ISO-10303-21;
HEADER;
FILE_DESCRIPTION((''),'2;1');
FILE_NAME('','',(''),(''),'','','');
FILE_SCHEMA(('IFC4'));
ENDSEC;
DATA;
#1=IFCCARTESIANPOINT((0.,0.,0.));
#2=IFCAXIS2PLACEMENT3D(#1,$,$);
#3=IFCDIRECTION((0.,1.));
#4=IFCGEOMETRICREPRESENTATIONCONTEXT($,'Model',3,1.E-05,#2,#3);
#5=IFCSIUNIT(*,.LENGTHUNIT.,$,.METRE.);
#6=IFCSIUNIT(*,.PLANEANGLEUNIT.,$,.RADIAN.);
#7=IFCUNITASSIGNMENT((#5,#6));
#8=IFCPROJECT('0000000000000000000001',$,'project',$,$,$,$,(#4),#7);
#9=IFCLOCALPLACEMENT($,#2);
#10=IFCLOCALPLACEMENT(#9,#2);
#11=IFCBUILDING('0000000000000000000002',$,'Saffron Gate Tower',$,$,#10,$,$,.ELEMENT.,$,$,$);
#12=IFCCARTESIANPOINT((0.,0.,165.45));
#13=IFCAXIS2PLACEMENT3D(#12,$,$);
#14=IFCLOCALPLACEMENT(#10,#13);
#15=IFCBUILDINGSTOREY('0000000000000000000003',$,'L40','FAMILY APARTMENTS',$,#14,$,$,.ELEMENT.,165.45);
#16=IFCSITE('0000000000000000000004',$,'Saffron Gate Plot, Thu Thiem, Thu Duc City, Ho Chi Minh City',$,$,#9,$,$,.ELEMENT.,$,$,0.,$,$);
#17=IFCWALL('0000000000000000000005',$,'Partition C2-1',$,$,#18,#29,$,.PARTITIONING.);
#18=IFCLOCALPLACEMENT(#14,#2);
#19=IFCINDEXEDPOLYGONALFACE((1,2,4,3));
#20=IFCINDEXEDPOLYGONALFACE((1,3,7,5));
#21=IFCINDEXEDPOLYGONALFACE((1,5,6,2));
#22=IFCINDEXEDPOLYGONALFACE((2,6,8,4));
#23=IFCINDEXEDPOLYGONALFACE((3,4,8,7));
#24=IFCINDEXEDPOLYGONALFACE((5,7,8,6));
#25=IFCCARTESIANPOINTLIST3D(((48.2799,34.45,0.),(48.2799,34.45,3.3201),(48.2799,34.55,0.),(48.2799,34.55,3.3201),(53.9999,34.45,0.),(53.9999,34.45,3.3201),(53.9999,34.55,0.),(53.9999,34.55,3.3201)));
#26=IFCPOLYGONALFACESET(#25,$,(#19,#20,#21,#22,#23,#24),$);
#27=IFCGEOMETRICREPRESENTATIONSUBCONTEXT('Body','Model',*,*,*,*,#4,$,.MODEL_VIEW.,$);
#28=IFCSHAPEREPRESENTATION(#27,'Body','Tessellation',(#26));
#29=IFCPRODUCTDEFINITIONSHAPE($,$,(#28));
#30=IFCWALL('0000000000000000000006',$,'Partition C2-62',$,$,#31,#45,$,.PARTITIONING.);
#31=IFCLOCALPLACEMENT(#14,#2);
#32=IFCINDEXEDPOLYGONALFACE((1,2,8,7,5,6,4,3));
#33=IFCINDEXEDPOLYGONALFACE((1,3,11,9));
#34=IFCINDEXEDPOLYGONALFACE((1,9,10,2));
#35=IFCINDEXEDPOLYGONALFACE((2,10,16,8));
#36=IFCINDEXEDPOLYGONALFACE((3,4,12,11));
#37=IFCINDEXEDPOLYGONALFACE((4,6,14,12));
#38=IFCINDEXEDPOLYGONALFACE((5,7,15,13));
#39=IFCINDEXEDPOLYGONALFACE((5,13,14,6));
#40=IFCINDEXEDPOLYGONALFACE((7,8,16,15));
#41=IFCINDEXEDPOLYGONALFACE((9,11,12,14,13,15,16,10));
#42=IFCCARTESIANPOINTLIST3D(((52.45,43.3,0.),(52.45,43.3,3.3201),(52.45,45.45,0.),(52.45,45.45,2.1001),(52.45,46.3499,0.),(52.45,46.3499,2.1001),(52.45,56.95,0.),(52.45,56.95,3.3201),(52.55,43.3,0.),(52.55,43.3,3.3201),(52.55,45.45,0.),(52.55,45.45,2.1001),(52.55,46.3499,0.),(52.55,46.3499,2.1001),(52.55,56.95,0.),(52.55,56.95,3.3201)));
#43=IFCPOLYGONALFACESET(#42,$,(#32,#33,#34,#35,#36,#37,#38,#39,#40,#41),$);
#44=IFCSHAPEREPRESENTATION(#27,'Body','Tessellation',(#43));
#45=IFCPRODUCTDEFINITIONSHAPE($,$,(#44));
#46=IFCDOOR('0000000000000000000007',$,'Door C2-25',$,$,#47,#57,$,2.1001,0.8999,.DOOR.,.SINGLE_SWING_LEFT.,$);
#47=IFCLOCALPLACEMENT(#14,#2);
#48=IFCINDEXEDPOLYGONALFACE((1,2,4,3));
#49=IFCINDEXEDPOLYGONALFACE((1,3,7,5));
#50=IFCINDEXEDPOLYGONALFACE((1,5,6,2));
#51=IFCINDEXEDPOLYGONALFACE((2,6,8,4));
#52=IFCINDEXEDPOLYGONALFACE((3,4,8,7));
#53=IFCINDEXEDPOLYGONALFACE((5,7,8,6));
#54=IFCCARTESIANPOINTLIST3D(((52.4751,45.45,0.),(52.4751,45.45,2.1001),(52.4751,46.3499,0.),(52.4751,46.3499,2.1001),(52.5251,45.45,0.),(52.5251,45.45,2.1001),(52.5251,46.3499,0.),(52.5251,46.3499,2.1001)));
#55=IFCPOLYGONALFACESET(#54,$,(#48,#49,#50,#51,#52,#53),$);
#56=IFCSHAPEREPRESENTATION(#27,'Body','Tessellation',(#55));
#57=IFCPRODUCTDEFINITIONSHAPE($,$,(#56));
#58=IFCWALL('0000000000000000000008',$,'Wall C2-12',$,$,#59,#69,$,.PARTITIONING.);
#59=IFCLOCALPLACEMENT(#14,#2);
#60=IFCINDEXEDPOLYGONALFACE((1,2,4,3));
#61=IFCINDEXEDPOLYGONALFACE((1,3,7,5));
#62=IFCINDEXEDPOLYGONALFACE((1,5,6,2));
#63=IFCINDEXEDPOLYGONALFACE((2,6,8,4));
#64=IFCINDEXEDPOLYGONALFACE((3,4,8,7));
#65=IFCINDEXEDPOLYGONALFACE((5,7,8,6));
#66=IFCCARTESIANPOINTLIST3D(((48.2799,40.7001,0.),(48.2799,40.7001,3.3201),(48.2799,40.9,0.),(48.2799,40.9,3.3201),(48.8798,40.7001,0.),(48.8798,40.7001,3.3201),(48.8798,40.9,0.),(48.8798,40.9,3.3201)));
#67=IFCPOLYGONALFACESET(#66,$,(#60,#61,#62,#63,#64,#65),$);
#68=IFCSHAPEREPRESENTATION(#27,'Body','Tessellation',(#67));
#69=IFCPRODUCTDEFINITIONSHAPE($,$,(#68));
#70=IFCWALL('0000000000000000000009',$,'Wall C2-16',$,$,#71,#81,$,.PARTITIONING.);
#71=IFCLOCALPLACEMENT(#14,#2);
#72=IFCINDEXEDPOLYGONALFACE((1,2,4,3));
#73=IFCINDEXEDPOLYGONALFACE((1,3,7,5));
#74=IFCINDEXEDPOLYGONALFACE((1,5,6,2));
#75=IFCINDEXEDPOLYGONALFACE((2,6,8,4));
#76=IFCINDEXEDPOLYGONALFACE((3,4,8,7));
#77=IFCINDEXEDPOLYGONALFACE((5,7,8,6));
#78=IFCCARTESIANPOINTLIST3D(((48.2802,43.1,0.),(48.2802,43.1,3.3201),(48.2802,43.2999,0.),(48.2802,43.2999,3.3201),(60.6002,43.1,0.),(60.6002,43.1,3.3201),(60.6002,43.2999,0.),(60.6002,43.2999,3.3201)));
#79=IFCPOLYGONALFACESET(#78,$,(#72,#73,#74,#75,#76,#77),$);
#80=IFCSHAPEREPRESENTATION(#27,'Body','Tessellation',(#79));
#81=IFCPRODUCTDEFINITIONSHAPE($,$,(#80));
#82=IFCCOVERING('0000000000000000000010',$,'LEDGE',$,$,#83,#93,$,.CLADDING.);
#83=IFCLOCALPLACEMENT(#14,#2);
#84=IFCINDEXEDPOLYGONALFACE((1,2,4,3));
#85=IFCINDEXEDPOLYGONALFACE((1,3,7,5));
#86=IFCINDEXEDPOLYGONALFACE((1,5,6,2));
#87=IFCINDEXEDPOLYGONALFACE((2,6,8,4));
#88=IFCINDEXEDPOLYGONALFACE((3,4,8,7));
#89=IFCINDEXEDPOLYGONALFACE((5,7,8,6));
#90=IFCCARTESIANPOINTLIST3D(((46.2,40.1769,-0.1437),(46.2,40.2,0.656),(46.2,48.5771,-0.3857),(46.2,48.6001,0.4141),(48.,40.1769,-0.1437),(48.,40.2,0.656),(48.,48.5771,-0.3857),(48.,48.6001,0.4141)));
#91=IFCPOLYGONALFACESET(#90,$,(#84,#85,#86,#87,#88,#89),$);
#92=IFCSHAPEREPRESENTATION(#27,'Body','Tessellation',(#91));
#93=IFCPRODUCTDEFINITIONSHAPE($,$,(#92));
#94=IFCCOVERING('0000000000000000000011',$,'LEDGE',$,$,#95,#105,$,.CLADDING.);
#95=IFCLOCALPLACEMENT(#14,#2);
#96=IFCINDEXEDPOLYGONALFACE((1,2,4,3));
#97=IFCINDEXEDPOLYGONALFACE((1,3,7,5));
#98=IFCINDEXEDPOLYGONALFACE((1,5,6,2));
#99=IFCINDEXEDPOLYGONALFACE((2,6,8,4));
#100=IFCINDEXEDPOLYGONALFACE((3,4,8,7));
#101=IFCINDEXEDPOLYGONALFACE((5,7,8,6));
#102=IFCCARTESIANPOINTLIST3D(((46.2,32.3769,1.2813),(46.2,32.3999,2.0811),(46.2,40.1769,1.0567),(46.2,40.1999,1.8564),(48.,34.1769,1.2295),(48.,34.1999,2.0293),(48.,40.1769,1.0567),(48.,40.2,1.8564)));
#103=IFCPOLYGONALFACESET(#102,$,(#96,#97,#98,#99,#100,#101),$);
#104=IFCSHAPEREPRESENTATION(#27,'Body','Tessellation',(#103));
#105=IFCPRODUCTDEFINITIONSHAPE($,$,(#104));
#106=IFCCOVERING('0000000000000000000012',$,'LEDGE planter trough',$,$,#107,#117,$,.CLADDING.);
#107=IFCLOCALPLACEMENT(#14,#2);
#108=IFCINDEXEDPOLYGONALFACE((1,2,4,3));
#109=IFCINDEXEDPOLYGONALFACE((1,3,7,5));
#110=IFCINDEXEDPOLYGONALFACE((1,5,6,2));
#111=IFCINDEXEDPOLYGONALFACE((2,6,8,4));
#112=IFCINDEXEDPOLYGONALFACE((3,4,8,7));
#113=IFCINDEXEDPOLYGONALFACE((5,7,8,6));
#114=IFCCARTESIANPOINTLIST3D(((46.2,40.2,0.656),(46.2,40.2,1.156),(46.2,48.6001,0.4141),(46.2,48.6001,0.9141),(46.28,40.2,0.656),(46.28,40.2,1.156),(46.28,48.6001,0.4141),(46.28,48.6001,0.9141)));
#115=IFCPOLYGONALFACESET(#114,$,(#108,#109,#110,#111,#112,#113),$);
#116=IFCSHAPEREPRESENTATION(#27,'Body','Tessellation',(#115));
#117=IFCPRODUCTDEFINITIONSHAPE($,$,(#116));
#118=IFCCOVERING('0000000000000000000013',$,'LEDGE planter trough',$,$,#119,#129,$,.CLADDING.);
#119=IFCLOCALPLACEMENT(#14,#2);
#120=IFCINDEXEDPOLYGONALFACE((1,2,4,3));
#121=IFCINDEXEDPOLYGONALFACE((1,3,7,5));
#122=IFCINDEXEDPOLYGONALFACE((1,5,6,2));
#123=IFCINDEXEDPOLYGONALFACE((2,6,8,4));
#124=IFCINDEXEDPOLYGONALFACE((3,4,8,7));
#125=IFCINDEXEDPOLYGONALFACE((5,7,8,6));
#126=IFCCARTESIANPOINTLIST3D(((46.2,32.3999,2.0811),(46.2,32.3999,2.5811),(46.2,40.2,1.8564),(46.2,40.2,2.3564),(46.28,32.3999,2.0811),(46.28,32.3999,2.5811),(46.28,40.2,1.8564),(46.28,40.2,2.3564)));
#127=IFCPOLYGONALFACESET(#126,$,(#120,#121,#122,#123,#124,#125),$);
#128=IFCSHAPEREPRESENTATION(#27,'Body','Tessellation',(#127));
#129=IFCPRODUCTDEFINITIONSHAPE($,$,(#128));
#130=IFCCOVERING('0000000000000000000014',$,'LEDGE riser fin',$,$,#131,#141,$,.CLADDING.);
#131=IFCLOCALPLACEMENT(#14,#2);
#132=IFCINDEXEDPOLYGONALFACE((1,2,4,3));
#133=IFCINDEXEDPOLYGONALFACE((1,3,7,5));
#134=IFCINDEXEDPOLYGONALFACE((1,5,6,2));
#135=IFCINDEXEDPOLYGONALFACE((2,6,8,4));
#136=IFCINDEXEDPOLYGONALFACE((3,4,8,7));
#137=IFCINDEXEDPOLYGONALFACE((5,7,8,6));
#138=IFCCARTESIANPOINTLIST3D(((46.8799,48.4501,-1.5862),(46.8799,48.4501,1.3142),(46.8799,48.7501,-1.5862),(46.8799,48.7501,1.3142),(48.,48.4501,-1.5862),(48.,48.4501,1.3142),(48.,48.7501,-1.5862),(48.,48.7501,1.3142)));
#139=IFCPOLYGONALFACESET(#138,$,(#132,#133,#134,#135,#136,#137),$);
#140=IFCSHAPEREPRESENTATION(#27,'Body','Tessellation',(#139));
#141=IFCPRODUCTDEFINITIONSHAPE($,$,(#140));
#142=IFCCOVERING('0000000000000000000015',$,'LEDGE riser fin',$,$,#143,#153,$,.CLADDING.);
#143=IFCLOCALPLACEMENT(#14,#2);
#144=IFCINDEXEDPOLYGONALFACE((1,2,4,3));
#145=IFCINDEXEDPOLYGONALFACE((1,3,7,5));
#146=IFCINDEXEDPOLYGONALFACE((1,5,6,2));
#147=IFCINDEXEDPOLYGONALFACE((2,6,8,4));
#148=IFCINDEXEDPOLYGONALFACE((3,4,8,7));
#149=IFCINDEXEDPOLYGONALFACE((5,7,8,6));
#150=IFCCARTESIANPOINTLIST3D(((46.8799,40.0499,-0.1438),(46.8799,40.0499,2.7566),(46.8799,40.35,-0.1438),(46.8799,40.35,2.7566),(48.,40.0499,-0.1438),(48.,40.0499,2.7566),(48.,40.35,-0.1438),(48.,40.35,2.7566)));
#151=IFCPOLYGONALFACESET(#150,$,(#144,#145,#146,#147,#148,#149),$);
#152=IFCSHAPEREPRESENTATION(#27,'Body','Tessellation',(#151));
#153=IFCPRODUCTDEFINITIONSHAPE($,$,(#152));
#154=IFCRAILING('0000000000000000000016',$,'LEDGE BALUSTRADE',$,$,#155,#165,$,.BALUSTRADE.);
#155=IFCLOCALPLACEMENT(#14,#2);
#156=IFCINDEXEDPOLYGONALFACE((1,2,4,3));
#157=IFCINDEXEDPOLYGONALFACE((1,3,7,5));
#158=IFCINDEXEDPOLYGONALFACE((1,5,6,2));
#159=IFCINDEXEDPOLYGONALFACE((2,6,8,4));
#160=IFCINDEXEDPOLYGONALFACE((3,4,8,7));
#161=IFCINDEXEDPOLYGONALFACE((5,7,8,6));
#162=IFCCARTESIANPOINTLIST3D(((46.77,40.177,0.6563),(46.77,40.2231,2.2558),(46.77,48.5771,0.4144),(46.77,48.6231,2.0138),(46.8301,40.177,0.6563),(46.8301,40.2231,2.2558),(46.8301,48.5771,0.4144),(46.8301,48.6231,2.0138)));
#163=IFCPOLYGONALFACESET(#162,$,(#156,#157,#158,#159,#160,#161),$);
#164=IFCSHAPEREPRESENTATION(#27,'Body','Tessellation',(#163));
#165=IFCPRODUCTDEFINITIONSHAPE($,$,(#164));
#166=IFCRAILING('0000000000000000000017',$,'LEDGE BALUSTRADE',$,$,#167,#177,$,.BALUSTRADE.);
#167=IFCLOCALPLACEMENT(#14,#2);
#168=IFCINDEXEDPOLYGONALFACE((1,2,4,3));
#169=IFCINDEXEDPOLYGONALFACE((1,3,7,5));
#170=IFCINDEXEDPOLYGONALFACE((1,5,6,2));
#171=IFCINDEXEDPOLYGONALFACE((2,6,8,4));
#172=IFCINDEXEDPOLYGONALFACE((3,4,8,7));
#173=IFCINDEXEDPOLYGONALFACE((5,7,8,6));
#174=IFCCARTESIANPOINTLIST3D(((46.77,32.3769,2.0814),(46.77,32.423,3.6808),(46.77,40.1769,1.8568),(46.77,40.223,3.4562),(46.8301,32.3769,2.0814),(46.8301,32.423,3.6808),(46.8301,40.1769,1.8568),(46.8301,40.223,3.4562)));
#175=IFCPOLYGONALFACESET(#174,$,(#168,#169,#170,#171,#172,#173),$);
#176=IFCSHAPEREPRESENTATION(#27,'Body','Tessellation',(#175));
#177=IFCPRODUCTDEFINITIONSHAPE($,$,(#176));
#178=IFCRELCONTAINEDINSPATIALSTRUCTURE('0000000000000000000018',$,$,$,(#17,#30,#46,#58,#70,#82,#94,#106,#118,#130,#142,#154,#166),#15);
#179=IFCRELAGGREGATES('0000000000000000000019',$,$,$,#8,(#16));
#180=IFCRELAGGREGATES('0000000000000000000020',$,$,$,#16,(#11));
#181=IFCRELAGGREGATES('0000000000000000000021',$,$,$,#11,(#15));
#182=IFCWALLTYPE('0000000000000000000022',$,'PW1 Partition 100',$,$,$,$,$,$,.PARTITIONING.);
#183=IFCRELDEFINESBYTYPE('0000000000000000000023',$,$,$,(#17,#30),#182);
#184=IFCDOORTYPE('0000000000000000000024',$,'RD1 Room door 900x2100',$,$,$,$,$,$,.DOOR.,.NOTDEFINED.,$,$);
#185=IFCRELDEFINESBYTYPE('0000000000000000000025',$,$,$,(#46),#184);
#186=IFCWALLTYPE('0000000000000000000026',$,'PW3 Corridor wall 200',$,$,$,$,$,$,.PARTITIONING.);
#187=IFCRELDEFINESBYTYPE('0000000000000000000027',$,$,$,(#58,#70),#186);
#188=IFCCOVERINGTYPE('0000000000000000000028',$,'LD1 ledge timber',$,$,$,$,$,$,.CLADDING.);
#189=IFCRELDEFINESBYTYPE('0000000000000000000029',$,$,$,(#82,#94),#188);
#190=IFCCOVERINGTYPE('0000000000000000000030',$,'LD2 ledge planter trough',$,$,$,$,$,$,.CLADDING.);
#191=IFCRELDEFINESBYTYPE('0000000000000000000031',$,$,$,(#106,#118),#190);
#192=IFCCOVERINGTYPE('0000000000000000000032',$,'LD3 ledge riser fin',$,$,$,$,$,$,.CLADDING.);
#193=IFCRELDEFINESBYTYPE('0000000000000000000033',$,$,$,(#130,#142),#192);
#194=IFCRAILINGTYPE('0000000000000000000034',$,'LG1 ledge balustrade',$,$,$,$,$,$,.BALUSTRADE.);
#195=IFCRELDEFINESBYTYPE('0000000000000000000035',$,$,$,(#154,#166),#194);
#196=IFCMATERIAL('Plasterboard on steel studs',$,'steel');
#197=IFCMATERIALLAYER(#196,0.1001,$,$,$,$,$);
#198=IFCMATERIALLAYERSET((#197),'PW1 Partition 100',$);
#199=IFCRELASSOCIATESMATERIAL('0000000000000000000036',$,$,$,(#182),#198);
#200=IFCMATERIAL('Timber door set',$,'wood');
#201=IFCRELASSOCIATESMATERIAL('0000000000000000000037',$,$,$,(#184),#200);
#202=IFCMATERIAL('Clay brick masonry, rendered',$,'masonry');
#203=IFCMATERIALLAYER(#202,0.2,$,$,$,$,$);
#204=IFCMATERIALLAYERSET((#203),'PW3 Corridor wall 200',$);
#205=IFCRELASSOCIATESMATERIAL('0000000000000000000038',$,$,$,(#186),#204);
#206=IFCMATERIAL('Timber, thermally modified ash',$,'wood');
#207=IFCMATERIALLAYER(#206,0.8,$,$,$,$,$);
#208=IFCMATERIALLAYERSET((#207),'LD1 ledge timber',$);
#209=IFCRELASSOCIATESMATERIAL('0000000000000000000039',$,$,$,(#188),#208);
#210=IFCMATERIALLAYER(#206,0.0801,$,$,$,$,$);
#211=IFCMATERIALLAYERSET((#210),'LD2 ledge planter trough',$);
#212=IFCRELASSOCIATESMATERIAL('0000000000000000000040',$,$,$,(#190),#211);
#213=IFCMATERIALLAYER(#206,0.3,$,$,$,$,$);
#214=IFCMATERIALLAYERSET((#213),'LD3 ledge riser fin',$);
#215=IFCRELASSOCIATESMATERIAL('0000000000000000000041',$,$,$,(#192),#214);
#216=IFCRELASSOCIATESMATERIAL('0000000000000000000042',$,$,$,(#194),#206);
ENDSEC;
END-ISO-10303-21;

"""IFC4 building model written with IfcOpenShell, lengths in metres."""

from ifc_helpers import new_model, si_unit, direction, frame, frame_2d, origin, origin_2d, place, context, subcontext, project, spatial, polyline, rectangle, outline, extrude, material, layer, layer_set, type_object, element, fill, save


model = new_model("IFC4")

# Units and contexts
model_context = context("Model", 3, precision=1e-05, world=origin(), true_north=direction((0.0, 1.0)))
body_context = subcontext(model_context, "Body", "Model", "MODEL_VIEW")
ifc_project = project(units=[si_unit("LENGTHUNIT", "METRE"), si_unit("PLANEANGLEUNIT", "RADIAN")], contexts=[model_context])

# Site, building, storey
site_placement = place(None, origin())
site = spatial("IfcSite", under=ifc_project, at=site_placement, Name="Saffron Gate Plot, Thu Thiem, Thu Duc City, Ho Chi Minh City", CompositionType="ELEMENT", RefElevation=0.0)
building_placement = place(site_placement, origin())
building = spatial("IfcBuilding", under=site, at=building_placement, Name="Saffron Gate Tower", CompositionType="ELEMENT")
storey_placement = place(building_placement, frame((0.0, 0.0, 165.45)))
storey = spatial("IfcBuildingStorey", under=building, at=storey_placement, Name="L40", Description="FAMILY APARTMENTS", CompositionType="ELEMENT", Elevation=165.45)

# Wall
ifc_material_1 = material(Name="Plasterboard on steel studs", Category="steel")
ifc_layer_1 = layer(ifc_material_1, 0.1001)
ifc_layer_set_1 = layer_set([ifc_layer_1], Name="PW1 Partition 100")
wall_type_1 = type_object("IfcWallType", Name="PW1 Partition 100", PredefinedType="PARTITIONING", material=ifc_layer_set_1)
wall_1_placement = place(storey_placement, frame((48.28, 34.5, 0.0), z_axis=(0.0, 0.0, 1.0), x_axis=(1.0, 0.0, 0.0)))
element("IfcWall", 1, at=wall_1_placement, inside=storey, type_object=wall_type_1, Name="Partition C2-1", PredefinedType="PARTITIONING", context=body_context, shape_type="SweptSolid", body=[
    extrude(rectangle(XDim=5.72, YDim=0.1001, at=frame_2d((2.8599, 0.0))), origin(), (0.0, 0.0, 1.0), 3.3201),
])

# Wall, opening, door
wall_2_placement = place(storey_placement, frame((52.5, 43.3, 0.0), z_axis=(0.0, 0.0, 1.0), x_axis=(0.0, 1.0, 0.0)))
wall_2 = element("IfcWall", 2, at=wall_2_placement, inside=storey, type_object=wall_type_1, Name="Partition C2-62", PredefinedType="PARTITIONING", context=body_context, shape_type="SweptSolid", body=[
    extrude(rectangle(XDim=13.6499, YDim=0.1001, at=frame_2d((6.825, 0.0))), origin(), (0.0, 0.0, 1.0), 3.3201),
])
opening_placement = place(wall_2_placement, frame((2.1499, 0.0, 0.0)))
opening = element("IfcOpeningElement", 3, at=opening_placement, cuts=wall_2, PredefinedType="OPENING", context=body_context, shape_type="SweptSolid", body=[
    extrude(rectangle(XDim=0.8999, YDim=2.1001, at=frame_2d((0.45, 1.05))), frame((0.0, 0.0601, 0.0), z_axis=(0.0, -1.0, 0.0), x_axis=(1.0, 0.0, 0.0)), (0.0, 0.0, 1.0), 0.1201),
])
ifc_material_2 = material(Name="Timber door set", Category="wood")
door_type = type_object("IfcDoorType", Name="RD1 Room door 900x2100", OperationType="NOTDEFINED", PredefinedType="DOOR", material=ifc_material_2)
door_placement = place(opening_placement, origin())
door = element("IfcDoor", 4, at=door_placement, inside=storey, type_object=door_type, Name="Door C2-25", OperationType="SINGLE_SWING_LEFT", OverallHeight=2.1001, OverallWidth=0.8999, PredefinedType="DOOR", context=body_context, shape_type="SweptSolid", body=[
    extrude(rectangle(XDim=0.8999, YDim=2.1001, at=frame_2d((0.45, 1.05))), frame((0.0, 0.0249, 0.0), z_axis=(0.0, -1.0, 0.0), x_axis=(1.0, 0.0, 0.0)), (0.0, 0.0, 1.0), 0.05),
])
fill(opening, door)

# Walls
ifc_material_3 = material(Name="Clay brick masonry, rendered", Category="masonry")
ifc_layer_2 = layer(ifc_material_3, 0.2)
ifc_layer_set_2 = layer_set([ifc_layer_2], Name="PW3 Corridor wall 200")
wall_type_2 = type_object("IfcWallType", Name="PW3 Corridor wall 200", PredefinedType="PARTITIONING", material=ifc_layer_set_2)
wall_3_placement = place(storey_placement, frame((48.28, 40.8, 0.0), z_axis=(0.0, 0.0, 1.0), x_axis=(1.0, 0.0, 0.0)))
element("IfcWall", 5, at=wall_3_placement, inside=storey, type_object=wall_type_2, Name="Wall C2-12", PredefinedType="PARTITIONING", context=body_context, shape_type="SweptSolid", body=[
    extrude(rectangle(XDim=0.5999, YDim=0.2, at=frame_2d((0.2998, 0.0))), origin(), (0.0, 0.0, 1.0), 3.3201),
])
wall_4_placement = place(storey_placement, frame((48.28, 43.2, 0.0), z_axis=(0.0, 0.0, 1.0), x_axis=(1.0, 0.0, 0.0)))
element("IfcWall", 6, at=wall_4_placement, inside=storey, type_object=wall_type_2, Name="Wall C2-16", PredefinedType="PARTITIONING", context=body_context, shape_type="SweptSolid", body=[
    extrude(rectangle(XDim=12.3201, YDim=0.2, at=frame_2d((6.1602, 0.0))), origin(), (0.0, 0.0, 1.0), 3.3201),
])

# Coverings
ifc_material_4 = material(Name="Timber, thermally modified ash", Category="wood")
ifc_layer_3 = layer(ifc_material_4, 0.8)
ifc_layer_set_3 = layer_set([ifc_layer_3], Name="LD1 ledge timber")
covering_type_1 = type_object("IfcCoveringType", Name="LD1 ledge timber", PredefinedType="CLADDING", material=ifc_layer_set_3)
covering_1_placement = place(storey_placement, frame((48.0, 48.6001, 0.4141), z_axis=(0.0, 0.02879, 0.999585), x_axis=(0.0, -0.999585, 0.02879)))
element("IfcCovering", 7, at=covering_1_placement, inside=storey, type_object=covering_type_1, Name="LEDGE", PredefinedType="CLADDING", context=body_context, shape_type="SweptSolid", body=[
    extrude(outline(polyline([(0.0, 0.0), (8.4036, 0.0), (8.4036, -1.8), (0.0, -1.8), (0.0, 0.0)])), origin(), (0.0, 0.0, -1.0), 0.8),
])
covering_2_placement = place(storey_placement, frame((48.0, 40.2, 1.8564), z_axis=(-0.000024, 0.028789, 0.999585), x_axis=(0.0, -0.999585, 0.028789)))
element("IfcCovering", 8, at=covering_2_placement, inside=storey, type_object=covering_type_1, Name="LEDGE", PredefinedType="CLADDING", context=body_context, shape_type="SweptSolid", body=[
    extrude(outline(polyline([(0.0, 0.0), (6.0025, 0.0), (7.8033, -1.8), (0.0, -1.8), (0.0, 0.0)])), origin(), (0.0, 0.0, -1.0), 0.8),
])
ifc_layer_4 = layer(ifc_material_4, 0.0801)
ifc_layer_set_4 = layer_set([ifc_layer_4], Name="LD2 ledge planter trough")
covering_type_2 = type_object("IfcCoveringType", Name="LD2 ledge planter trough", PredefinedType="CLADDING", material=ifc_layer_set_4)
covering_3_placement = place(storey_placement, frame((46.2, 48.6001, 0.4141), z_axis=(-1.0, 0.0, 0.0), x_axis=(0.0, -0.999585, 0.02879)))
element("IfcCovering", 9, at=covering_3_placement, inside=storey, type_object=covering_type_2, Name="LEDGE planter trough", PredefinedType="CLADDING", context=body_context, shape_type="SweptSolid", body=[
    extrude(outline(polyline([(0.0, 0.0), (8.4036, 0.0), (8.418, 0.4998), (0.0144, 0.4998), (0.0, 0.0)])), origin(), (0.0, 0.0, -1.0), 0.0801),
])
covering_4_placement = place(storey_placement, frame((46.2, 40.2, 1.8564), z_axis=(-1.0, 0.0, 0.0), x_axis=(0.0, -0.999586, 0.028784)))
element("IfcCovering", 10, at=covering_4_placement, inside=storey, type_object=covering_type_2, Name="LEDGE planter trough", PredefinedType="CLADDING", context=body_context, shape_type="SweptSolid", body=[
    extrude(outline(polyline([(0.0, 0.0), (7.8033, 0.0), (7.8177, 0.4998), (0.0144, 0.4998), (0.0, 0.0)])), origin(), (0.0, 0.0, -1.0), 0.0801),
])
ifc_layer_5 = layer(ifc_material_4, 0.3)
ifc_layer_set_5 = layer_set([ifc_layer_5], Name="LD3 ledge riser fin")
covering_type_3 = type_object("IfcCoveringType", Name="LD3 ledge riser fin", PredefinedType="CLADDING", material=ifc_layer_set_5)
for number, where, z_axis, x_axis, name in (
    (11, (47.4399, 48.6001, -1.5862), (0.0, 0.0, 1.0), (0.0, -1.0, 0.0), "LEDGE riser fin"),
    (12, (47.4399, 40.2, -0.1438), (0.0, 0.0, 1.0), (0.0, -1.0, 0.0), "LEDGE riser fin"),
):
    element("IfcCovering", number, at=place(storey_placement, frame(where, z_axis=z_axis, x_axis=x_axis)), inside=storey, type_object=covering_type_3, Name=name, PredefinedType="CLADDING", context=body_context, shape_type="SweptSolid", body=[
        extrude(rectangle(XDim=0.3, YDim=1.1201, at=origin_2d()), origin(), (0.0, 0.0, 1.0), 2.9004),
    ])

# Railings
railing_type = type_object("IfcRailingType", Name="LG1 ledge balustrade", PredefinedType="BALUSTRADE", material=ifc_material_4)
railing_1_placement = place(storey_placement, frame((46.8, 48.6001, 0.4141)))
element("IfcRailing", 13, at=railing_1_placement, inside=storey, type_object=railing_type, Name="LEDGE BALUSTRADE", PredefinedType="BALUSTRADE", context=body_context, shape_type="SweptSolid", body=[
    extrude(rectangle(XDim=0.0601, YDim=1.6001, at=origin_2d()), frame((0.0, 0.0, 0.8), z_axis=(0.0, -0.999585, 0.02879), x_axis=(1.0, 0.0, 0.0)), (0.0, 0.0, 1.0), 8.4036),
])
railing_2_placement = place(storey_placement, frame((46.8, 40.2, 1.8564)))
element("IfcRailing", 14, at=railing_2_placement, inside=storey, type_object=railing_type, Name="LEDGE BALUSTRADE", PredefinedType="BALUSTRADE", context=body_context, shape_type="SweptSolid", body=[
    extrude(rectangle(XDim=0.0601, YDim=1.6001, at=origin_2d()), frame((0.0, 0.0, 0.8), z_axis=(0.0, -0.999586, 0.028784), x_axis=(1.0, 0.0, 0.0)), (0.0, 0.0, 1.0), 7.8032),
])

save(model, "model.ifc")
